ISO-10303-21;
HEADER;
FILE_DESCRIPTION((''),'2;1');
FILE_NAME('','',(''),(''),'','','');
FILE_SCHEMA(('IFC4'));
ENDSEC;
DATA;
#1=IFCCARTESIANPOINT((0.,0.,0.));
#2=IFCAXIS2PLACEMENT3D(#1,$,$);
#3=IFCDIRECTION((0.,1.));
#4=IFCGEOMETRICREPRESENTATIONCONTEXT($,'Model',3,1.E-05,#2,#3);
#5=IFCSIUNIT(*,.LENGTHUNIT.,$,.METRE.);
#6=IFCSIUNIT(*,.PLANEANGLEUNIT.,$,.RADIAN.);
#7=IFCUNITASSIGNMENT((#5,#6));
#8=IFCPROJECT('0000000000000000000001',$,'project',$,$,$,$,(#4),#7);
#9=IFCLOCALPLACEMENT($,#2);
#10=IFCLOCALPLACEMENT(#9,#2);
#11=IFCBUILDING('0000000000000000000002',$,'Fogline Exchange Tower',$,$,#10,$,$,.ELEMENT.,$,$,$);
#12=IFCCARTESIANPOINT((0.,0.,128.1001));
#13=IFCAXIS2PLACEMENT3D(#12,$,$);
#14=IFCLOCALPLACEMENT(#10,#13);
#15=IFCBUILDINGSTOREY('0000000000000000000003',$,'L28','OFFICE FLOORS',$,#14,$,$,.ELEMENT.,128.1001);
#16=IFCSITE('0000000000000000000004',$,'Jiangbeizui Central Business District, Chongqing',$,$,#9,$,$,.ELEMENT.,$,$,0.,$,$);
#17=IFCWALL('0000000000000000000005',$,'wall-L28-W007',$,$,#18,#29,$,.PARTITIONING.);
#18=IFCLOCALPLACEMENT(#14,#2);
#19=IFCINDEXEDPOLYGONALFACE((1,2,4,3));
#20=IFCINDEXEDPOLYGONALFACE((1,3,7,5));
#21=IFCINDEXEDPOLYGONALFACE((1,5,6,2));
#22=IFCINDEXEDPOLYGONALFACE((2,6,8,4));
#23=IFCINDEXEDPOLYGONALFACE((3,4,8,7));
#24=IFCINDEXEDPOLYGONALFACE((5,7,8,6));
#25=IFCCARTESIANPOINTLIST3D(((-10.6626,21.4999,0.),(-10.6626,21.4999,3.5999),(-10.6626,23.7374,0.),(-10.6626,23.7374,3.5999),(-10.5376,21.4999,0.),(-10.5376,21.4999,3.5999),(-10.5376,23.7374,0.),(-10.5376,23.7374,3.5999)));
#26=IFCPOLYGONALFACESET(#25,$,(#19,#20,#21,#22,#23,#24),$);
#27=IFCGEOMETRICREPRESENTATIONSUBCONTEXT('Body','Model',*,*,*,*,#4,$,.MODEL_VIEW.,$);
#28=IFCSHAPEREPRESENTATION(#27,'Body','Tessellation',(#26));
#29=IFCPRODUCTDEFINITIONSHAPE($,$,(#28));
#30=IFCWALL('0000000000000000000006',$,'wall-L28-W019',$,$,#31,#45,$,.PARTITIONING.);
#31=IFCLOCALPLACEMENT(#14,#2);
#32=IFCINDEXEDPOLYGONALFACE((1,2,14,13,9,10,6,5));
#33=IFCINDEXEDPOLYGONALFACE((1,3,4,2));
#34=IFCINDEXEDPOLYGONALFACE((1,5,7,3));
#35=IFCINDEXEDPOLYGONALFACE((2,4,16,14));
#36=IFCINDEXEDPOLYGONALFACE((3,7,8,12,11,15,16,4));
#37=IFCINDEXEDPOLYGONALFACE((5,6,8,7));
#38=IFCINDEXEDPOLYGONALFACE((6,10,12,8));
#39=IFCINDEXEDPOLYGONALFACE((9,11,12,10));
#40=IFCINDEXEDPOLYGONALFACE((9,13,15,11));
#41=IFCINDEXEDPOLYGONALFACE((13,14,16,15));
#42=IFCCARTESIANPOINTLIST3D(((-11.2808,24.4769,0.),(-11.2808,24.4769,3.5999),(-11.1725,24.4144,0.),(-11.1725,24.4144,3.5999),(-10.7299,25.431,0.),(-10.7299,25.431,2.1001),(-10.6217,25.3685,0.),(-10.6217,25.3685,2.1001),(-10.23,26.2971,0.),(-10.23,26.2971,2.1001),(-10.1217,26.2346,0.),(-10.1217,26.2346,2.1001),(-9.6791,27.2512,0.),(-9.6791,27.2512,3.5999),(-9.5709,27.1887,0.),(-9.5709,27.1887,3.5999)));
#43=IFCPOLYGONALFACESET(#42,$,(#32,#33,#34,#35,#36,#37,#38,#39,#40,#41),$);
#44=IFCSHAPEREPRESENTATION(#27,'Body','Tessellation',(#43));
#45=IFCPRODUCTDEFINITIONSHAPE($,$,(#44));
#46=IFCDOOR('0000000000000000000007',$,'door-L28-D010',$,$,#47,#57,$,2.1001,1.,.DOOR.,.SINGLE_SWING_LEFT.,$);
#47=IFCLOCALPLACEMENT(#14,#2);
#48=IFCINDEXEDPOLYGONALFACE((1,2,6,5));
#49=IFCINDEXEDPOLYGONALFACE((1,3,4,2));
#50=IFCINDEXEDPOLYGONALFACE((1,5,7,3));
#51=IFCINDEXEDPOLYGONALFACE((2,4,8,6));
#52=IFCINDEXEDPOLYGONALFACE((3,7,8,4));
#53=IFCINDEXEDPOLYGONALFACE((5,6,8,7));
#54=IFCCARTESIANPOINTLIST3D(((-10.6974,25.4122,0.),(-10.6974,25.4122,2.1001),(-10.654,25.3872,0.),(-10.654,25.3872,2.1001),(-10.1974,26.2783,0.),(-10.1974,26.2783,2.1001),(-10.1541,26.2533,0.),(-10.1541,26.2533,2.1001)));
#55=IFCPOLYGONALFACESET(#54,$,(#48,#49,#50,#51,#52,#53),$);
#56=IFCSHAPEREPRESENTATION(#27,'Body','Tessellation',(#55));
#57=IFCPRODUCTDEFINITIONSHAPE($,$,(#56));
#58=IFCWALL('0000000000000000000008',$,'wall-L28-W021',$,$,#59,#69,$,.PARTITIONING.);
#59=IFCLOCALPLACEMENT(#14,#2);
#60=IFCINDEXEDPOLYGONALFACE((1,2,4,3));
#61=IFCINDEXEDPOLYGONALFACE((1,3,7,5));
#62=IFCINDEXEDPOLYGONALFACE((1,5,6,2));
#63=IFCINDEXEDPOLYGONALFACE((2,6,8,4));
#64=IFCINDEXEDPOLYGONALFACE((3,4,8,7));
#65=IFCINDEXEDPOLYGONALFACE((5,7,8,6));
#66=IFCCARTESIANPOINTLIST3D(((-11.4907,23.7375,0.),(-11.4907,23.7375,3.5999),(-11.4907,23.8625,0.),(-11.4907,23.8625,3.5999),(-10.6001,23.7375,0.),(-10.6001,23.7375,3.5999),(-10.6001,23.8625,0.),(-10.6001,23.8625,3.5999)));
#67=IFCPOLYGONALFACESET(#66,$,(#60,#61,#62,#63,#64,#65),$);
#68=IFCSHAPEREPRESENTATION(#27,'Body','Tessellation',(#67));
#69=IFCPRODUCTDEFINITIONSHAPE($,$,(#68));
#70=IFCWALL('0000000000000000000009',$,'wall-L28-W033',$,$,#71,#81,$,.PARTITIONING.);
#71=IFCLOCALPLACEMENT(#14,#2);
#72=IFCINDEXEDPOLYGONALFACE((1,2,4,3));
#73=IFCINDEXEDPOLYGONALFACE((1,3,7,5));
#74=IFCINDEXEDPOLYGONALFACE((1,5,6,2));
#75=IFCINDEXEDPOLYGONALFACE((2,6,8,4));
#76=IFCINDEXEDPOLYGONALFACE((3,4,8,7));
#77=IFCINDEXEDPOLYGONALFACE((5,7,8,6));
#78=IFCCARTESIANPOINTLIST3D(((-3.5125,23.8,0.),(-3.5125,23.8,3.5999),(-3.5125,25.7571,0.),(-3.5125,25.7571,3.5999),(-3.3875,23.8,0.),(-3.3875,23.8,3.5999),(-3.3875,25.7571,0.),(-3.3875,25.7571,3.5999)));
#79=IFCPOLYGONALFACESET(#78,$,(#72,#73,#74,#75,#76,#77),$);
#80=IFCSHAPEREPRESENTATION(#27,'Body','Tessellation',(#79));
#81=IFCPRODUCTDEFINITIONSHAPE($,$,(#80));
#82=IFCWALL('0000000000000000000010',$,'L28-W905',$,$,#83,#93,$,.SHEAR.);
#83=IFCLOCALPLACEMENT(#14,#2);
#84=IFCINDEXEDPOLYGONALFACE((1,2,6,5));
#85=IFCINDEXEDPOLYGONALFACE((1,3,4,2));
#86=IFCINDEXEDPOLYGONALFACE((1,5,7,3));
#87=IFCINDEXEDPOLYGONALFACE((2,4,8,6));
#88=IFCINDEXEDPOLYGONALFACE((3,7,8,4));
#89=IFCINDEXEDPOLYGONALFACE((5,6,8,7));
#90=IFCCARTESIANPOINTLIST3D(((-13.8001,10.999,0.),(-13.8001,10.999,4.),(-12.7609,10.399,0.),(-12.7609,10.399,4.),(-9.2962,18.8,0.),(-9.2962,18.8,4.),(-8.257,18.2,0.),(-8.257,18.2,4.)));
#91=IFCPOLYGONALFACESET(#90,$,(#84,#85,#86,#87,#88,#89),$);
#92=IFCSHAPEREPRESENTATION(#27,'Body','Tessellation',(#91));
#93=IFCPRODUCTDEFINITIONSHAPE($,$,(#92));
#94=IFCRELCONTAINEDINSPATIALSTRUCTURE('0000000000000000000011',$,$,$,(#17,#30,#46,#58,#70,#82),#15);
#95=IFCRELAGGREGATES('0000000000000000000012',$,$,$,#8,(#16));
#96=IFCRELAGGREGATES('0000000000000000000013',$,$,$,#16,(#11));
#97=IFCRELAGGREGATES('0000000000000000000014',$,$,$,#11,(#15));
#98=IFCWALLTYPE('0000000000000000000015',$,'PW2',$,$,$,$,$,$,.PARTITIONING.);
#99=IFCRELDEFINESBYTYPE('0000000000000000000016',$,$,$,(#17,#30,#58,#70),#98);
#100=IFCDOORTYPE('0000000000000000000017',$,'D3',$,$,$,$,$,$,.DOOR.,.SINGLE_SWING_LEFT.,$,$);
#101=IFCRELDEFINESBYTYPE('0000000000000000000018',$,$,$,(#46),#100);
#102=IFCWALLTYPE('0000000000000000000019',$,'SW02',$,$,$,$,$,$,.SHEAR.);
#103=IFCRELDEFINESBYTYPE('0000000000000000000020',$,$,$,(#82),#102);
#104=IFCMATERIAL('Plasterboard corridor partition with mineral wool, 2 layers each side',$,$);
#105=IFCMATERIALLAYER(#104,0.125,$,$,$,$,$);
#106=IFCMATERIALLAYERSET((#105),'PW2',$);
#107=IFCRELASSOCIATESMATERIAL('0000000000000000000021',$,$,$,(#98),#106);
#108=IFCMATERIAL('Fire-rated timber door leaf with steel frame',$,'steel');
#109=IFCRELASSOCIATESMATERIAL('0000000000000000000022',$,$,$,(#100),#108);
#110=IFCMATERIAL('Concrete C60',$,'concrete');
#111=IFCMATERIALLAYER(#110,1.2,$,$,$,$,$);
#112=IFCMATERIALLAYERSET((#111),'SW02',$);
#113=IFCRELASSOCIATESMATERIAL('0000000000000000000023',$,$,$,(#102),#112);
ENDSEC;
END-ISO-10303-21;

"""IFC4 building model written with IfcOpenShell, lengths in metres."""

from ifc_helpers import new_model, si_unit, direction, frame, frame_2d, origin, place, context, subcontext, project, spatial, rectangle, extrude, material, layer, layer_set, type_object, element, fill, save


model = new_model("IFC4")

# Units and contexts
model_context = context("Model", 3, precision=1e-05, world=origin(), true_north=direction((0.0, 1.0)))
body_context = subcontext(model_context, "Body", "Model", "MODEL_VIEW")
ifc_project = project(units=[si_unit("LENGTHUNIT", "METRE"), si_unit("PLANEANGLEUNIT", "RADIAN")], contexts=[model_context])

# Site, building, storey
site_placement = place(None, origin())
site = spatial("IfcSite", under=ifc_project, at=site_placement, Name="Jiangbeizui Central Business District, Chongqing", CompositionType="ELEMENT", RefElevation=0.0)
building_placement = place(site_placement, origin())
building = spatial("IfcBuilding", under=site, at=building_placement, Name="Fogline Exchange Tower", CompositionType="ELEMENT")
storey_placement = place(building_placement, frame((0.0, 0.0, 128.1001)))
storey = spatial("IfcBuildingStorey", under=building, at=storey_placement, Name="L28", Description="OFFICE FLOORS", CompositionType="ELEMENT", Elevation=128.1001)

# Shared definitions
ifc_material_1 = material(Name="Plasterboard corridor partition with mineral wool, 2 layers each side")
ifc_layer_1 = layer(ifc_material_1, 0.125)
ifc_layer_set_1 = layer_set([ifc_layer_1], Name="PW2")
wall_type_1 = type_object("IfcWallType", Name="PW2", PredefinedType="PARTITIONING", material=ifc_layer_set_1)

# Wall
wall_1_placement = place(storey_placement, frame((-10.6001, 21.5, 0.0), z_axis=(0.0, 0.0, 1.0), x_axis=(0.0, 1.0, 0.0)))
element("IfcWall", 1, at=wall_1_placement, inside=storey, type_object=wall_type_1, Name="wall-L28-W007", PredefinedType="PARTITIONING", context=body_context, shape_type="SweptSolid", body=[
    extrude(rectangle(XDim=2.2375, YDim=0.125, at=frame_2d((1.1187, 0.0))), origin(), (0.0, 0.0, 1.0), 3.5999),
])

# Wall, opening, door
wall_2_placement = place(storey_placement, frame((-11.2266, 24.4458, 0.0), z_axis=(0.0, 0.0, 1.0), x_axis=(0.499975, 0.86604, 0.0)))
wall_2 = element("IfcWall", 2, at=wall_2_placement, inside=storey, type_object=wall_type_1, Name="wall-L28-W019", PredefinedType="PARTITIONING", context=body_context, shape_type="SweptSolid", body=[
    extrude(rectangle(XDim=3.2034, YDim=0.125, at=frame_2d((1.6016, 0.0))), origin(), (0.0, 0.0, 1.0), 3.5999),
])
opening_1_placement = place(wall_2_placement, frame((1.1016, 0.0, 0.0)))
opening_1 = element("IfcOpeningElement", 3, at=opening_1_placement, cuts=wall_2, PredefinedType="OPENING", context=body_context, shape_type="SweptSolid", body=[
    extrude(rectangle(XDim=1.0, YDim=2.1001, at=frame_2d((0.5, 1.05))), frame((0.0, 0.0725, 0.0), z_axis=(0.0, -1.0, 0.0), x_axis=(1.0, 0.0, 0.0)), (0.0, 0.0, 1.0), 0.145),
])
ifc_material_2 = material(Name="Fire-rated timber door leaf with steel frame", Category="steel")
door_type_1 = type_object("IfcDoorType", Name="D3", OperationType="SINGLE_SWING_LEFT", PredefinedType="DOOR", material=ifc_material_2)
door_1_placement = place(opening_1_placement, origin())
door_1 = element("IfcDoor", 4, at=door_1_placement, inside=storey, type_object=door_type_1, Name="door-L28-D010", OperationType="SINGLE_SWING_LEFT", OverallHeight=2.1001, OverallWidth=1.0, PredefinedType="DOOR", context=body_context, shape_type="SweptSolid", body=[
    extrude(rectangle(XDim=1.0, YDim=2.1001, at=frame_2d((0.5, 1.05))), frame((0.0, 0.0249, 0.0), z_axis=(0.0, -1.0, 0.0), x_axis=(1.0, 0.0, 0.0)), (0.0, 0.0, 1.0), 0.05),
])
fill(opening_1, door_1)

# Walls
wall_3_placement = place(storey_placement, frame((-10.6001, 23.8, 0.0), z_axis=(0.0, 0.0, 1.0), x_axis=(-1.0, 0.0, 0.0)))
element("IfcWall", 5, at=wall_3_placement, inside=storey, type_object=wall_type_1, Name="wall-L28-W021", PredefinedType="PARTITIONING", context=body_context, shape_type="SweptSolid", body=[
    extrude(rectangle(XDim=0.8906, YDim=0.125, at=frame_2d((0.4453, 0.0))), origin(), (0.0, 0.0, 1.0), 3.5999),
])
wall_4_placement = place(storey_placement, frame((-3.45, 25.7571, 0.0), z_axis=(0.0, 0.0, 1.0), x_axis=(0.0, -1.0, 0.0)))
element("IfcWall", 6, at=wall_4_placement, inside=storey, type_object=wall_type_1, Name="wall-L28-W033", PredefinedType="PARTITIONING", context=body_context, shape_type="SweptSolid", body=[
    extrude(rectangle(XDim=1.957, YDim=0.125, at=frame_2d((0.9785, 0.0))), origin(), (0.0, 0.0, 1.0), 3.5999),
])
ifc_material_3 = material(Name="Concrete C60", Category="concrete")
ifc_layer_2 = layer(ifc_material_3, 1.2)
ifc_layer_set_2 = layer_set([ifc_layer_2], Name="SW02")
wall_type_2 = type_object("IfcWallType", Name="SW02", PredefinedType="SHEAR", material=ifc_layer_set_2)
wall_5_placement = place(storey_placement, frame((-8.7766, 18.5, 0.0), z_axis=(0.0, 0.0, 1.0), x_axis=(-0.499999, -0.866026, 0.0)))
element("IfcWall", 7, at=wall_5_placement, inside=storey, type_object=wall_type_2, Name="L28-W905", PredefinedType="SHEAR", context=body_context, shape_type="SweptSolid", body=[
    extrude(rectangle(XDim=9.0078, YDim=1.2, at=frame_2d((4.5039, 0.0))), origin(), (0.0, 0.0, 1.0), 4.0),
])

save(model, "model.ifc")
